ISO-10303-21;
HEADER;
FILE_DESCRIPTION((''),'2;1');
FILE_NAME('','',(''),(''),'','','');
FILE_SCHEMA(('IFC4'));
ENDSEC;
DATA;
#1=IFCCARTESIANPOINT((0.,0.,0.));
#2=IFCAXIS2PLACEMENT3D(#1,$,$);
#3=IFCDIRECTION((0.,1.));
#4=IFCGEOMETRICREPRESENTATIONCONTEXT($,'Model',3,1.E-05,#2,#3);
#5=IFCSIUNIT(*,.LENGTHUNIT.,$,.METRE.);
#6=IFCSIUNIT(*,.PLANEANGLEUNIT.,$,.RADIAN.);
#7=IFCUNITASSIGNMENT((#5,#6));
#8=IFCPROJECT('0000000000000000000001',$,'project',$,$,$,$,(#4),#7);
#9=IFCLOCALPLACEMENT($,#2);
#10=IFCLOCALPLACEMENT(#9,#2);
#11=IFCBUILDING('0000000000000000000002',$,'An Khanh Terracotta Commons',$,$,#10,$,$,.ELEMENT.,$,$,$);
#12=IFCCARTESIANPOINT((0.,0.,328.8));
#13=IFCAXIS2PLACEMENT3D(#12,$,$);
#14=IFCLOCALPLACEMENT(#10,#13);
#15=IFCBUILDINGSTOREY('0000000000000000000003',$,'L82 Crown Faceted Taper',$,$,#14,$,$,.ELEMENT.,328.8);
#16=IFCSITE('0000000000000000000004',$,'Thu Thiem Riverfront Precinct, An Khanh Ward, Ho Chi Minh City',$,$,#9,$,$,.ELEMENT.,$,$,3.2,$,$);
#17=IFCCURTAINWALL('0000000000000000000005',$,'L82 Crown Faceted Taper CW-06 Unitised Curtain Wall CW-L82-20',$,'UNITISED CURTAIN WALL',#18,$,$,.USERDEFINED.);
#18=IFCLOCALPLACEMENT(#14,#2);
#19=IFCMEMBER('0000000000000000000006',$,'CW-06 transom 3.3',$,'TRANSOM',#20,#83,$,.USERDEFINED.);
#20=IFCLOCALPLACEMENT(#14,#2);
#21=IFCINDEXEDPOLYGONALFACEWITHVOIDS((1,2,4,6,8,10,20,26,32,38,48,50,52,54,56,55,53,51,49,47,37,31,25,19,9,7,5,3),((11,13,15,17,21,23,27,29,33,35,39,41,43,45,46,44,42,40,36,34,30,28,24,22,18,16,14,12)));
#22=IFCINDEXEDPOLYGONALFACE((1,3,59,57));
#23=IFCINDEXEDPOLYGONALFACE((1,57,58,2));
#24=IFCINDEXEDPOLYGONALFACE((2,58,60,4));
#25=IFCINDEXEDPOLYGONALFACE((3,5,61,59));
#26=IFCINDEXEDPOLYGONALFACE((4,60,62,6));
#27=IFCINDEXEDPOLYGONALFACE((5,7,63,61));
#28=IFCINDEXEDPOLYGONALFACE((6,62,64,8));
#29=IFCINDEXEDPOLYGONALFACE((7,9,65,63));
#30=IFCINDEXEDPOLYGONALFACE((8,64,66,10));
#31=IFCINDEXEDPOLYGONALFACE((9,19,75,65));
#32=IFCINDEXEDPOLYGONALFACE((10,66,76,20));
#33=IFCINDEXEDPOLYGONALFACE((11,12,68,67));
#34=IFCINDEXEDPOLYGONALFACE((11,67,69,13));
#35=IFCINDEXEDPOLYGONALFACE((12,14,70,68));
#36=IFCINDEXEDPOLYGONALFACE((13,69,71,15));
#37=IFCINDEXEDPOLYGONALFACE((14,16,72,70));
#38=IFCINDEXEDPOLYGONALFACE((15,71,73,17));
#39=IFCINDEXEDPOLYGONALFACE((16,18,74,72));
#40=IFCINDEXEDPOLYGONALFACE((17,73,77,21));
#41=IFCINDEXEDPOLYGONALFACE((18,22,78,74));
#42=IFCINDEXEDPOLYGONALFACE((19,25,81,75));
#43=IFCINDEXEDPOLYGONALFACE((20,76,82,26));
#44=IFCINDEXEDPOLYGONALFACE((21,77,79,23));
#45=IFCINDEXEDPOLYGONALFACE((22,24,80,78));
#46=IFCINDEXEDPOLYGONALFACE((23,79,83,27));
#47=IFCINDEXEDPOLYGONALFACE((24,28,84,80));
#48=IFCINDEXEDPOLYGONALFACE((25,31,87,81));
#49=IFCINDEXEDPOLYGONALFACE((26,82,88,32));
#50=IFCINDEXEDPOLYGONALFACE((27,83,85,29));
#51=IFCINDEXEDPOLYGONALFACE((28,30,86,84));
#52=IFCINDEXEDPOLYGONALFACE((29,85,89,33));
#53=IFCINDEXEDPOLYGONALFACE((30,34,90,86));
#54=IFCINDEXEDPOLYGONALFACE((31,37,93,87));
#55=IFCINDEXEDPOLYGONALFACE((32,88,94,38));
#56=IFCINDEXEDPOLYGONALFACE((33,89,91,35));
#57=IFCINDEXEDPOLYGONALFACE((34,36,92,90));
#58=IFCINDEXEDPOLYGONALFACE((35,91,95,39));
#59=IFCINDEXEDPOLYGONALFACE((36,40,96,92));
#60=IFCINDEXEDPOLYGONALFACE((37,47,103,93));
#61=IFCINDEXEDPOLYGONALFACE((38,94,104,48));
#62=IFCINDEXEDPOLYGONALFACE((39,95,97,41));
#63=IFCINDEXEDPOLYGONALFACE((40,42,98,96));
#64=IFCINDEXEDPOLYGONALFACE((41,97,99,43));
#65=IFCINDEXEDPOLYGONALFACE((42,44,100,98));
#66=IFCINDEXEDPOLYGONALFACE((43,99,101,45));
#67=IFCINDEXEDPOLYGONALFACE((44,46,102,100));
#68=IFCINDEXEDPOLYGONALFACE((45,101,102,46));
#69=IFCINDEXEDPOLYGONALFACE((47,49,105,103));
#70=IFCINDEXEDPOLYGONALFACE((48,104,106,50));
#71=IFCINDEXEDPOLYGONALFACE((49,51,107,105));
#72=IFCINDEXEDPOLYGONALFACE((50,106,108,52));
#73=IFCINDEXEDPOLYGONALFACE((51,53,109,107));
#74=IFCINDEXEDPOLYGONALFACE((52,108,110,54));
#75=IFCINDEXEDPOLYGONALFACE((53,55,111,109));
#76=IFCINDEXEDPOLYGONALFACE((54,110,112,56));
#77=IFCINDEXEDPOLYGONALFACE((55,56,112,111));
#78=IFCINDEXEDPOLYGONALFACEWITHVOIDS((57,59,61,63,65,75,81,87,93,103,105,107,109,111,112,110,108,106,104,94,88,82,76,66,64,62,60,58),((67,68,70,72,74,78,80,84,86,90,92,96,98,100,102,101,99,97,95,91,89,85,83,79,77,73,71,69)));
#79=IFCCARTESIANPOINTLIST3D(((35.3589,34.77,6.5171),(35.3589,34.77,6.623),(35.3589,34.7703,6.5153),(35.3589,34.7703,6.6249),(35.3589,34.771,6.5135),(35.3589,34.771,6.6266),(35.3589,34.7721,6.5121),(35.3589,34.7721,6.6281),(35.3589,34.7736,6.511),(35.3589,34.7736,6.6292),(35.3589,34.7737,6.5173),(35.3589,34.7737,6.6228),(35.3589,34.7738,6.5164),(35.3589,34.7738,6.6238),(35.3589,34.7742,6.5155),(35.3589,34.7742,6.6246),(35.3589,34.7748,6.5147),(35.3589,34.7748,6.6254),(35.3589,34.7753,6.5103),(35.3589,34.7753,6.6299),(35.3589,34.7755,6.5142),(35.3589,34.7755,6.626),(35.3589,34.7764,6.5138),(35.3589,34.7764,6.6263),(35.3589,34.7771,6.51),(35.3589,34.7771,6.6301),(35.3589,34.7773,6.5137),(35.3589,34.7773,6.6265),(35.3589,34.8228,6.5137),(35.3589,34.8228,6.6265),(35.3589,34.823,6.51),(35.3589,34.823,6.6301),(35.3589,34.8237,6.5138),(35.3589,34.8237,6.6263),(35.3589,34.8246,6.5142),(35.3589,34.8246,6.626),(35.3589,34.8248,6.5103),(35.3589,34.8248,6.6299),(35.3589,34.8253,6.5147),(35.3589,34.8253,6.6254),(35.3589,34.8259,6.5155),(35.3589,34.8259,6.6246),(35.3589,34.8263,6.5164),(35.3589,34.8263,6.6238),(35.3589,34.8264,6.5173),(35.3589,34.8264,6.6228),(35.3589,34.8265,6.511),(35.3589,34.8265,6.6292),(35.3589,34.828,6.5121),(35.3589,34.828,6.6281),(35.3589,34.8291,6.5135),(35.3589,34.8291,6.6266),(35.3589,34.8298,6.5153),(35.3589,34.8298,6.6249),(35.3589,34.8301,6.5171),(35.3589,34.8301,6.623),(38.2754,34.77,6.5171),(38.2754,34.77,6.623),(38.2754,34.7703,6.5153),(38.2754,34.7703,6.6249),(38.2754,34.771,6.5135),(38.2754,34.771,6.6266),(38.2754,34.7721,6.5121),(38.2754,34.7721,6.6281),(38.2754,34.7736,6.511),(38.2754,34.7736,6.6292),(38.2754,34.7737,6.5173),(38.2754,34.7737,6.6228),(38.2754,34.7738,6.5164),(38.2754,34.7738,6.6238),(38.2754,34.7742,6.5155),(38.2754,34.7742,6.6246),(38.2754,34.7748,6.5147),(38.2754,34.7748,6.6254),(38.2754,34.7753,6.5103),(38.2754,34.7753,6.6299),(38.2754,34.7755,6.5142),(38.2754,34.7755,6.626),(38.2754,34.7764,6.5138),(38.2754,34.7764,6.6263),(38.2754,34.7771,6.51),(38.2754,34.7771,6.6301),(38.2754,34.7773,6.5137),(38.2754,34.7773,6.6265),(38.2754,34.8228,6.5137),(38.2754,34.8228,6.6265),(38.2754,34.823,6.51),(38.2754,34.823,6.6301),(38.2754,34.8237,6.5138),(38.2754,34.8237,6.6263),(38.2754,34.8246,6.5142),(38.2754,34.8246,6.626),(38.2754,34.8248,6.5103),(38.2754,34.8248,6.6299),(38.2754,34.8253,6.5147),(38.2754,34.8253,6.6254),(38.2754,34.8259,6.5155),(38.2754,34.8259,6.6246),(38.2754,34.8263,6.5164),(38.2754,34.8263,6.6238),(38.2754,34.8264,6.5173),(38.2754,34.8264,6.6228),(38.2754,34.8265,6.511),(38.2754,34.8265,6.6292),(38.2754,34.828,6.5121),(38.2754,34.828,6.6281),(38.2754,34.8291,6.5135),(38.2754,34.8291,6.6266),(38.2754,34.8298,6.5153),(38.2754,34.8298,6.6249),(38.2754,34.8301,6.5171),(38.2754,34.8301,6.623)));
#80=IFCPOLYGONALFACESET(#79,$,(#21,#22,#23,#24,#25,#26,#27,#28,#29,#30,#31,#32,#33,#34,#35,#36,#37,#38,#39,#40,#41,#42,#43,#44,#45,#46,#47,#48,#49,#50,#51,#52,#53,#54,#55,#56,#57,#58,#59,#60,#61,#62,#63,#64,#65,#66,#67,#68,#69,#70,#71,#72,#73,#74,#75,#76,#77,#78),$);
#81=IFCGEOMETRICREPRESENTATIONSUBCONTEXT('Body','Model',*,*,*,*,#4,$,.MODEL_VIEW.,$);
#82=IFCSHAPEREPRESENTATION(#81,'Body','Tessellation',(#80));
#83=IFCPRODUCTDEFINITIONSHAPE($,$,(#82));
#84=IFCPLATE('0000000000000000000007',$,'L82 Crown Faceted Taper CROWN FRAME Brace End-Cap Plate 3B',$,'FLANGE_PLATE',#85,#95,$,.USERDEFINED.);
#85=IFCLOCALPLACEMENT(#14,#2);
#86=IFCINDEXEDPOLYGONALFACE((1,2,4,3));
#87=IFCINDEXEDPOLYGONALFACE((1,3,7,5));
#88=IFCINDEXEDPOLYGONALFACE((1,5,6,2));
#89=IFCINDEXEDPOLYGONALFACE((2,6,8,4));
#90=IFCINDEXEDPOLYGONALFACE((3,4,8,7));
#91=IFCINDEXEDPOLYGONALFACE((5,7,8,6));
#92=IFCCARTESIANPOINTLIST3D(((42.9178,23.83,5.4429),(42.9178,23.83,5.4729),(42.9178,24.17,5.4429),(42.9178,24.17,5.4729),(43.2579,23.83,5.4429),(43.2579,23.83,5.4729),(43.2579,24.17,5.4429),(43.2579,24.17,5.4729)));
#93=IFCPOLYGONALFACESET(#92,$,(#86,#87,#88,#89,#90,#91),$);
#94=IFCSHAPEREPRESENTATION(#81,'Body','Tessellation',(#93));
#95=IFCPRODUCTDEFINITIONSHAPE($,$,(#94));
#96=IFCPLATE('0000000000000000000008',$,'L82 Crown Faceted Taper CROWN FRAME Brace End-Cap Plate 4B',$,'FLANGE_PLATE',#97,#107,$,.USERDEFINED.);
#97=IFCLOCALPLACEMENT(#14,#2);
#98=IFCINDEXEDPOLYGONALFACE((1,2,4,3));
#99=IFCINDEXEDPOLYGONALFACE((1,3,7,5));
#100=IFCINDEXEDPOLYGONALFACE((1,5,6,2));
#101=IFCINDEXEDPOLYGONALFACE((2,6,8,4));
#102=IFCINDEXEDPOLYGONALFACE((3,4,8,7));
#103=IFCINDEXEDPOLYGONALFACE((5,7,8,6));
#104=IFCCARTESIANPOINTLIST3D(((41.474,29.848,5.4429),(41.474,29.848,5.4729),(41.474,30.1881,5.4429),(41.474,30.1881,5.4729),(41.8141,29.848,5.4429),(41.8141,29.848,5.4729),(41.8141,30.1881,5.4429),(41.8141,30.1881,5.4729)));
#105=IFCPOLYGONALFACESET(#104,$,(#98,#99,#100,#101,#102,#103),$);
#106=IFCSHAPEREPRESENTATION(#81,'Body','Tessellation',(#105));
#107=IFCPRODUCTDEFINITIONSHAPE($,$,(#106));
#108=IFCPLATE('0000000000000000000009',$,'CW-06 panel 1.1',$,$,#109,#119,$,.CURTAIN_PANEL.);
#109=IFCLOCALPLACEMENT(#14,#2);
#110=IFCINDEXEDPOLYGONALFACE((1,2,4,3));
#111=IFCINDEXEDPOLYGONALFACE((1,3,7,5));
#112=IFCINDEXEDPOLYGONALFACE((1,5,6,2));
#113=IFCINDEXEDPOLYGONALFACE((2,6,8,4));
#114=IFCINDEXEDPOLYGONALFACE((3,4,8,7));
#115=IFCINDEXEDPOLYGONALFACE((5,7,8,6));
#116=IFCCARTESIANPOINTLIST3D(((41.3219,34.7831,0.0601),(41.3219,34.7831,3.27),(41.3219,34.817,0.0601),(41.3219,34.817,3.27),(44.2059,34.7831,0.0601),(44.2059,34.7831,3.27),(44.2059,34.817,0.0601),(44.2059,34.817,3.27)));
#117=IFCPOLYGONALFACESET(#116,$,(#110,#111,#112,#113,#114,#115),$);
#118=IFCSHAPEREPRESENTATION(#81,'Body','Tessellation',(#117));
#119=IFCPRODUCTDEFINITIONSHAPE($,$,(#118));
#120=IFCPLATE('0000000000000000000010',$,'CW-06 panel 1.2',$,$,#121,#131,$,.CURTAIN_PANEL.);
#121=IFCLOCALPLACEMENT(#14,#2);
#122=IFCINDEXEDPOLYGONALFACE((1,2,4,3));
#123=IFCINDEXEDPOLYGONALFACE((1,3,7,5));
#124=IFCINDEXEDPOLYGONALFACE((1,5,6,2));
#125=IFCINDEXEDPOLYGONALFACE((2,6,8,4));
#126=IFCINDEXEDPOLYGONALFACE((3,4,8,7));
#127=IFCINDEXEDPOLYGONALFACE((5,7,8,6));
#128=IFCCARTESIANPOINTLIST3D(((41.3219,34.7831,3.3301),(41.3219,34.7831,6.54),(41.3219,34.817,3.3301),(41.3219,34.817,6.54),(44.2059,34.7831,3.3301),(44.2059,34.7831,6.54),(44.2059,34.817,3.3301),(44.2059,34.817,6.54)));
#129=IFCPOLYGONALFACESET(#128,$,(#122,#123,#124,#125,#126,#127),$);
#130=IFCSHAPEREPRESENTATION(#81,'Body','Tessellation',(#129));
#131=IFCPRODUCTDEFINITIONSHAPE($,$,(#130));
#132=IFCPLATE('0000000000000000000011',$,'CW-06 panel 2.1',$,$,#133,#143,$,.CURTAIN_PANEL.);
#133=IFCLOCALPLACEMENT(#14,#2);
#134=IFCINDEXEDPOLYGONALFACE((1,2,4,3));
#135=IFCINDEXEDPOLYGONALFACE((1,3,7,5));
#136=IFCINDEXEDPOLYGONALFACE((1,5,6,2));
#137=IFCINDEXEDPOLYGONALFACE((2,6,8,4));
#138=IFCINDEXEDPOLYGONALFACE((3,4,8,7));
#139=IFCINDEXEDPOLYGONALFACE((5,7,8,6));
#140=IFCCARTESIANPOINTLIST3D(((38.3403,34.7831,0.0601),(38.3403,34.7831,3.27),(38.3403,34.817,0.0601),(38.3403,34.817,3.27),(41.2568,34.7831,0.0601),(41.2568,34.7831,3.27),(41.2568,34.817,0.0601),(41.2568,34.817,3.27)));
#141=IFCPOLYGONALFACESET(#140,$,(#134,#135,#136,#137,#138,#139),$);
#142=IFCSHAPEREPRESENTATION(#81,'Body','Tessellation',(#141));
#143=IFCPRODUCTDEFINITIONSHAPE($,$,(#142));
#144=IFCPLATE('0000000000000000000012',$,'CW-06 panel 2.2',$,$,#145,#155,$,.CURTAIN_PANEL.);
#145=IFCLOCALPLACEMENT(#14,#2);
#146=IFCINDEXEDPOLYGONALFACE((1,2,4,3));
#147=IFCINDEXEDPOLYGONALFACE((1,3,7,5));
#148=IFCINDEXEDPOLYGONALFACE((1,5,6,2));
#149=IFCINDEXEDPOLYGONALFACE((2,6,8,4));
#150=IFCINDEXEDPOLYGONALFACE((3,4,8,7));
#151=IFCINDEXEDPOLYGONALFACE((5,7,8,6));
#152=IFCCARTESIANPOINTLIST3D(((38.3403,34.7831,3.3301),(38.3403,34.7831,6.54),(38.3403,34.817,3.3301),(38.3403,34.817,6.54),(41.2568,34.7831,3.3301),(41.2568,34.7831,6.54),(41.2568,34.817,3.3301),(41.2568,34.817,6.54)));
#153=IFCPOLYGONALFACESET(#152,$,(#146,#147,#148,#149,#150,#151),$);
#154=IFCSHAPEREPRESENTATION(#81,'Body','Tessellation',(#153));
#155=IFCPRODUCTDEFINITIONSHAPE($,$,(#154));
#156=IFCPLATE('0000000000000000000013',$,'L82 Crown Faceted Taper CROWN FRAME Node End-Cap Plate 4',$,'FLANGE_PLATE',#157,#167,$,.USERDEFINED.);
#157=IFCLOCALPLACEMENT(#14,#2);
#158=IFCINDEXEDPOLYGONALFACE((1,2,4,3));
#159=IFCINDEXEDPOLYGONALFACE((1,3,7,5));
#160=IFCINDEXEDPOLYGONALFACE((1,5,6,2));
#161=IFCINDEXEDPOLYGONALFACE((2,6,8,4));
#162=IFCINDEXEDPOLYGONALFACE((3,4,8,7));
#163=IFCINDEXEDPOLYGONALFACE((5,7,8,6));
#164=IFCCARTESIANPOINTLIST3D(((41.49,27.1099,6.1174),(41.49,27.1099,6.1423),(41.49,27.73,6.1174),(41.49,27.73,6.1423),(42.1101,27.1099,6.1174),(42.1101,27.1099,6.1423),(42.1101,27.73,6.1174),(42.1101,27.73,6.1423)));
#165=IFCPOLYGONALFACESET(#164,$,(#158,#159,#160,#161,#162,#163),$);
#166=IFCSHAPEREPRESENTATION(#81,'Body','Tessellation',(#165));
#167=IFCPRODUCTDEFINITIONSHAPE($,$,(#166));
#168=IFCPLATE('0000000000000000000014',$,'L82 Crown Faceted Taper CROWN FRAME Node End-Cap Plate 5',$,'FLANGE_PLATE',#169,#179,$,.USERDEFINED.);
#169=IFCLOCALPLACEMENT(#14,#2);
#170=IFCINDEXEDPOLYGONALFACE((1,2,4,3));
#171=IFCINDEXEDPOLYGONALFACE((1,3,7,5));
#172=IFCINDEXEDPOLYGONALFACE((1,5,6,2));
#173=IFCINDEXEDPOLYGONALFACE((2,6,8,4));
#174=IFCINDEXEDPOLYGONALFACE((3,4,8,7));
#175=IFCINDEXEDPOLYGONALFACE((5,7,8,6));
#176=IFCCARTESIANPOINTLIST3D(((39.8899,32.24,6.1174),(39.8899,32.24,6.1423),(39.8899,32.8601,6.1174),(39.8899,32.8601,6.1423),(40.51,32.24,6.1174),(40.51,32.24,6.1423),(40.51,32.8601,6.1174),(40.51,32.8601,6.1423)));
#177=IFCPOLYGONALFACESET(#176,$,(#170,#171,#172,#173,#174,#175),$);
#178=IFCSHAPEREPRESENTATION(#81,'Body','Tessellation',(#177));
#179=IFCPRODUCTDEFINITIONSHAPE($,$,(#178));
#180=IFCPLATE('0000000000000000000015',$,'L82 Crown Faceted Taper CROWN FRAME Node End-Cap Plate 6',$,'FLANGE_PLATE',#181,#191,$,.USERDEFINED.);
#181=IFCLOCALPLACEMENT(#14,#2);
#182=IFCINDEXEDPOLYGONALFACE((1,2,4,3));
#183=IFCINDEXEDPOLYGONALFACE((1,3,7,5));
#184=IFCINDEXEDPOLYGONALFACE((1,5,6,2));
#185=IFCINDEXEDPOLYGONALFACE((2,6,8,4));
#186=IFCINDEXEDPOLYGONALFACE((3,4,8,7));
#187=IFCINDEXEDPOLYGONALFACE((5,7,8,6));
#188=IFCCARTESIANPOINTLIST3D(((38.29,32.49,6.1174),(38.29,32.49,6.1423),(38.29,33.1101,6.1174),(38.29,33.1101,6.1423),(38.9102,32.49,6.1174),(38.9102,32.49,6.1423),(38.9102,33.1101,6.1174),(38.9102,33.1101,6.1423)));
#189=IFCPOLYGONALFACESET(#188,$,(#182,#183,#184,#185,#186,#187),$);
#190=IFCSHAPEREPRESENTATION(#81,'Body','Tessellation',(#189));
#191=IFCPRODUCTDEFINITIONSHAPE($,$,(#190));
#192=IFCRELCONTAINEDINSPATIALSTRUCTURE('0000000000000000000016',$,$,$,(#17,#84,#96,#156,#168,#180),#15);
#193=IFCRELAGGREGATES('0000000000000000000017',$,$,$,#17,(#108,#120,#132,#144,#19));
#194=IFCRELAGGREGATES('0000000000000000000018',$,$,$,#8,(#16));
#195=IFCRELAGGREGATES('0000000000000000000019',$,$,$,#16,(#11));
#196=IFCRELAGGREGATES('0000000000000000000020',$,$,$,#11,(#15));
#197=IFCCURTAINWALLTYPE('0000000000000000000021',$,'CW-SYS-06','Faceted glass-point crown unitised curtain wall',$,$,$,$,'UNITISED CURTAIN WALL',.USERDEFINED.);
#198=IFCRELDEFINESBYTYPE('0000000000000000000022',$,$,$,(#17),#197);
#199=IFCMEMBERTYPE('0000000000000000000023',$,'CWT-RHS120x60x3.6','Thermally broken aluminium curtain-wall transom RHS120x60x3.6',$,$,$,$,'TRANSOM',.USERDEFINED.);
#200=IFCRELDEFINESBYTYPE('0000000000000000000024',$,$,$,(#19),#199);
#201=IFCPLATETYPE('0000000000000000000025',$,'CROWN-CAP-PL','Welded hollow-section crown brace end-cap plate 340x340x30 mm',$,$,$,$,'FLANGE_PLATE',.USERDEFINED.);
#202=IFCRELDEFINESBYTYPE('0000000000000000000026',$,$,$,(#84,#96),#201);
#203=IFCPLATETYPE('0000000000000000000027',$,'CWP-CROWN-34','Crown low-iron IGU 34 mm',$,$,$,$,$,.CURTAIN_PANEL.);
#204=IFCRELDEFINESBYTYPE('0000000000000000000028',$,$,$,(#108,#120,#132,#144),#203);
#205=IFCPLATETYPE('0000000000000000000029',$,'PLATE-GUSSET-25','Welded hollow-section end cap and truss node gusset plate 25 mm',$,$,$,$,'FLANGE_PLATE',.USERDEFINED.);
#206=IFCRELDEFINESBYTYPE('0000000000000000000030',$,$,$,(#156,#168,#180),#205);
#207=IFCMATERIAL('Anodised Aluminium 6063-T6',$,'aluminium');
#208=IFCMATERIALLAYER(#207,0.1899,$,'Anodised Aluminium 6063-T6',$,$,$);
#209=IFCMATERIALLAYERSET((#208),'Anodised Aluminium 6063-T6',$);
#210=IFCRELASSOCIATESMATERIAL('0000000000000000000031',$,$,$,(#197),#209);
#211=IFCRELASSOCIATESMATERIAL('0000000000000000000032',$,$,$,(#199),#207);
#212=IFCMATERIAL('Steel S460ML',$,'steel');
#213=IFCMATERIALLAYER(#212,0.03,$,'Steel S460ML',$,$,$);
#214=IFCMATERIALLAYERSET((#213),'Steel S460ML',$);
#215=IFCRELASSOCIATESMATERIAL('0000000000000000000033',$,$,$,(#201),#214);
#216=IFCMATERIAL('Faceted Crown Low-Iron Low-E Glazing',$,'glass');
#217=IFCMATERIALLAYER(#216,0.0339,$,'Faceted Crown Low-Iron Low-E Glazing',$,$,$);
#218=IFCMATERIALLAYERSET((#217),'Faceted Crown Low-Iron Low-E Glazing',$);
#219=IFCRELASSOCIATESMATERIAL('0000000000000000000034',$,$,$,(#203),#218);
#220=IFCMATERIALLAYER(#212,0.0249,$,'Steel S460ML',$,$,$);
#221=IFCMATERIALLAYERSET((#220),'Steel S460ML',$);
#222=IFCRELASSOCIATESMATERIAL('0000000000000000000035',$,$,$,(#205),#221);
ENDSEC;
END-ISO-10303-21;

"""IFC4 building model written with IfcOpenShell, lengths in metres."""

from ifc_helpers import new_model, si_unit, direction, frame, origin, origin_2d, place, context, subcontext, project, spatial, rectangle, hollow_rectangle, extrude, material, layer, layer_set, material_profile, profile_set, type_object, element, aggregate, save


model = new_model("IFC4")

# Units and contexts
model_context = context("Model", 3, precision=1e-05, world=origin(), true_north=direction((0.0, 1.0)))
body_context = subcontext(model_context, "Body", "Model", "MODEL_VIEW")
ifc_project = project(units=[si_unit("LENGTHUNIT", "METRE"), si_unit("PLANEANGLEUNIT", "RADIAN")], contexts=[model_context])

# Site, building, storey
site_placement = place(None, origin())
site = spatial("IfcSite", under=ifc_project, at=site_placement, Name="Thu Thiem Riverfront Precinct, An Khanh Ward, Ho Chi Minh City", CompositionType="ELEMENT", RefElevation=3.2)
building_placement = place(site_placement, origin())
building = spatial("IfcBuilding", under=site, at=building_placement, Name="An Khanh Terracotta Commons", CompositionType="ELEMENT")
storey_placement = place(building_placement, frame((0.0, 0.0, 328.8)))
storey = spatial("IfcBuildingStorey", under=building, at=storey_placement, Name="L82 Crown Faceted Taper", CompositionType="ELEMENT", Elevation=328.8)

# Shared definitions
ifc_material_1 = material(Name="Steel S460ML", Category="steel")

# Curtain wall, member
ifc_material_2 = material(Name="Anodised Aluminium 6063-T6", Category="aluminium")
ifc_layer_1 = layer(ifc_material_2, 0.1899, Name="Anodised Aluminium 6063-T6")
ifc_layer_set_1 = layer_set([ifc_layer_1], Name="Anodised Aluminium 6063-T6")
curtain_wall_type = type_object("IfcCurtainWallType", Name="CW-SYS-06", Description="Faceted glass-point crown unitised curtain wall", ElementType="UNITISED CURTAIN WALL", PredefinedType="USERDEFINED", material=ifc_layer_set_1)
curtain_wall_placement = place(storey_placement, origin())
curtain_wall = element("IfcCurtainWall", 1, at=curtain_wall_placement, inside=storey, type_object=curtain_wall_type, Name="L82 Crown Faceted Taper CW-06 Unitised Curtain Wall CW-L82-20", ObjectType="UNITISED CURTAIN WALL", PredefinedType="USERDEFINED")
ifc_material_profile_1 = material_profile(ifc_material_2, hollow_rectangle(XDim=0.0601, YDim=0.1201, WallThickness=0.0037, InnerFilletRadius=0.0037, OuterFilletRadius=0.0071, at=origin_2d()), Name="RHS120x60x3.6")
ifc_profile_set_1 = profile_set([ifc_material_profile_1], Name="Anodised Aluminium 6063-T6")
member_type_1 = type_object("IfcMemberType", Name="CWT-RHS120x60x3.6", Description="Thermally broken aluminium curtain-wall transom RHS120x60x3.6", ElementType="TRANSOM", PredefinedType="USERDEFINED", material=ifc_profile_set_1)
member_1_placement = place(storey_placement, frame((38.2754, 34.8, 6.5701), z_axis=(-1.0, 0.0, 0.0), x_axis=(0.0, -1.0, 0.0)))
member_1 = element("IfcMember", 2, at=member_1_placement, type_object=member_type_1, Name="CW-06 transom 3.3", ObjectType="TRANSOM", PredefinedType="USERDEFINED", context=body_context, shape_type="SweptSolid", body=[
    extrude(hollow_rectangle(XDim=0.0601, YDim=0.1201, WallThickness=0.0037, InnerFilletRadius=0.0037, OuterFilletRadius=0.0071, at=origin_2d()), origin(), (0.0, 0.0, 1.0), 2.9165),
])

# Plates
ifc_layer_2 = layer(ifc_material_1, 0.03, Name="Steel S460ML")
ifc_layer_set_2 = layer_set([ifc_layer_2], Name="Steel S460ML")
plate_type_1 = type_object("IfcPlateType", Name="CROWN-CAP-PL", Description="Welded hollow-section crown brace end-cap plate 340x340x30 mm", ElementType="FLANGE_PLATE", PredefinedType="USERDEFINED", material=ifc_layer_set_2)
for number, where, z_axis, x_axis, name in (
    (3, (43.0879, 24.0, 5.4429), (0.0, 0.0, 1.0), (1.0, 0.0, 0.0), "L82 Crown Faceted Taper CROWN FRAME Brace End-Cap Plate 3B"),
    (4, (41.644, 30.0181, 5.4429), (0.0, 0.0, 1.0), (1.0, 0.0, 0.0), "L82 Crown Faceted Taper CROWN FRAME Brace End-Cap Plate 4B"),
):
    element("IfcPlate", number, at=place(storey_placement, frame(where, z_axis=z_axis, x_axis=x_axis)), inside=storey, type_object=plate_type_1, Name=name, ObjectType="FLANGE_PLATE", PredefinedType="USERDEFINED", context=body_context, shape_type="SweptSolid", body=[
        extrude(rectangle(XDim=0.3401, YDim=0.3401, at=origin_2d()), origin(), (0.0, 0.0, 1.0), 0.03),
    ])

# Plates
ifc_material_3 = material(Name="Faceted Crown Low-Iron Low-E Glazing", Category="glass")
ifc_layer_3 = layer(ifc_material_3, 0.0339, Name="Faceted Crown Low-Iron Low-E Glazing")
ifc_layer_set_3 = layer_set([ifc_layer_3], Name="Faceted Crown Low-Iron Low-E Glazing")
plate_type_2 = type_object("IfcPlateType", Name="CWP-CROWN-34", Description="Crown low-iron IGU 34 mm", PredefinedType="CURTAIN_PANEL", material=ifc_layer_set_3)
plate_1_placement = place(storey_placement, frame((42.7639, 34.8, 0.0601), z_axis=(0.0, 0.0, 1.0), x_axis=(-1.0, 0.0, 0.0)))
plate_1 = element("IfcPlate", 5, at=plate_1_placement, type_object=plate_type_2, Name="CW-06 panel 1.1", PredefinedType="CURTAIN_PANEL", context=body_context, shape_type="SweptSolid", body=[
    extrude(rectangle(XDim=2.884, YDim=0.0339, at=origin_2d()), origin(), (0.0, 0.0, 1.0), 3.21),
])
plate_2_placement = place(storey_placement, frame((42.7639, 34.8, 3.3301), z_axis=(0.0, 0.0, 1.0), x_axis=(-1.0, 0.0, 0.0)))
plate_2 = element("IfcPlate", 6, at=plate_2_placement, type_object=plate_type_2, Name="CW-06 panel 1.2", PredefinedType="CURTAIN_PANEL", context=body_context, shape_type="SweptSolid", body=[
    extrude(rectangle(XDim=2.884, YDim=0.0339, at=origin_2d()), origin(), (0.0, 0.0, 1.0), 3.21),
])
plate_3_placement = place(storey_placement, frame((39.7986, 34.8, 0.0601), z_axis=(0.0, 0.0, 1.0), x_axis=(-1.0, 0.0, 0.0)))
plate_3 = element("IfcPlate", 7, at=plate_3_placement, type_object=plate_type_2, Name="CW-06 panel 2.1", PredefinedType="CURTAIN_PANEL", context=body_context, shape_type="SweptSolid", body=[
    extrude(rectangle(XDim=2.9165, YDim=0.0339, at=origin_2d()), origin(), (0.0, 0.0, 1.0), 3.21),
])
plate_4_placement = place(storey_placement, frame((39.7986, 34.8, 3.3301), z_axis=(0.0, 0.0, 1.0), x_axis=(-1.0, 0.0, 0.0)))
plate_4 = element("IfcPlate", 8, at=plate_4_placement, type_object=plate_type_2, Name="CW-06 panel 2.2", PredefinedType="CURTAIN_PANEL", context=body_context, shape_type="SweptSolid", body=[
    extrude(rectangle(XDim=2.9165, YDim=0.0339, at=origin_2d()), origin(), (0.0, 0.0, 1.0), 3.21),
])
aggregate(curtain_wall, [plate_1, plate_2, plate_3, plate_4, member_1])

# Plates
ifc_layer_4 = layer(ifc_material_1, 0.0249, Name="Steel S460ML")
ifc_layer_set_4 = layer_set([ifc_layer_4], Name="Steel S460ML")
plate_type_3 = type_object("IfcPlateType", Name="PLATE-GUSSET-25", Description="Welded hollow-section end cap and truss node gusset plate 25 mm", ElementType="FLANGE_PLATE", PredefinedType="USERDEFINED", material=ifc_layer_set_4)
for number, where, z_axis, x_axis, name in (
    (9, (41.8, 27.4199, 6.1174), (0.0, 0.0, 1.0), (1.0, 0.0, 0.0), "L82 Crown Faceted Taper CROWN FRAME Node End-Cap Plate 4"),
    (10, (40.2, 32.55, 6.1174), (0.0, 0.0, 1.0), (1.0, 0.0, 0.0), "L82 Crown Faceted Taper CROWN FRAME Node End-Cap Plate 5"),
    (11, (38.6001, 32.8, 6.1174), (0.0, 0.0, 1.0), (1.0, 0.0, 0.0), "L82 Crown Faceted Taper CROWN FRAME Node End-Cap Plate 6"),
):
    element("IfcPlate", number, at=place(storey_placement, frame(where, z_axis=z_axis, x_axis=x_axis)), inside=storey, type_object=plate_type_3, Name=name, ObjectType="FLANGE_PLATE", PredefinedType="USERDEFINED", context=body_context, shape_type="SweptSolid", body=[
        extrude(rectangle(XDim=0.6201, YDim=0.6201, at=origin_2d()), origin(), (0.0, 0.0, 1.0), 0.0249),
    ])

save(model, "model.ifc")
